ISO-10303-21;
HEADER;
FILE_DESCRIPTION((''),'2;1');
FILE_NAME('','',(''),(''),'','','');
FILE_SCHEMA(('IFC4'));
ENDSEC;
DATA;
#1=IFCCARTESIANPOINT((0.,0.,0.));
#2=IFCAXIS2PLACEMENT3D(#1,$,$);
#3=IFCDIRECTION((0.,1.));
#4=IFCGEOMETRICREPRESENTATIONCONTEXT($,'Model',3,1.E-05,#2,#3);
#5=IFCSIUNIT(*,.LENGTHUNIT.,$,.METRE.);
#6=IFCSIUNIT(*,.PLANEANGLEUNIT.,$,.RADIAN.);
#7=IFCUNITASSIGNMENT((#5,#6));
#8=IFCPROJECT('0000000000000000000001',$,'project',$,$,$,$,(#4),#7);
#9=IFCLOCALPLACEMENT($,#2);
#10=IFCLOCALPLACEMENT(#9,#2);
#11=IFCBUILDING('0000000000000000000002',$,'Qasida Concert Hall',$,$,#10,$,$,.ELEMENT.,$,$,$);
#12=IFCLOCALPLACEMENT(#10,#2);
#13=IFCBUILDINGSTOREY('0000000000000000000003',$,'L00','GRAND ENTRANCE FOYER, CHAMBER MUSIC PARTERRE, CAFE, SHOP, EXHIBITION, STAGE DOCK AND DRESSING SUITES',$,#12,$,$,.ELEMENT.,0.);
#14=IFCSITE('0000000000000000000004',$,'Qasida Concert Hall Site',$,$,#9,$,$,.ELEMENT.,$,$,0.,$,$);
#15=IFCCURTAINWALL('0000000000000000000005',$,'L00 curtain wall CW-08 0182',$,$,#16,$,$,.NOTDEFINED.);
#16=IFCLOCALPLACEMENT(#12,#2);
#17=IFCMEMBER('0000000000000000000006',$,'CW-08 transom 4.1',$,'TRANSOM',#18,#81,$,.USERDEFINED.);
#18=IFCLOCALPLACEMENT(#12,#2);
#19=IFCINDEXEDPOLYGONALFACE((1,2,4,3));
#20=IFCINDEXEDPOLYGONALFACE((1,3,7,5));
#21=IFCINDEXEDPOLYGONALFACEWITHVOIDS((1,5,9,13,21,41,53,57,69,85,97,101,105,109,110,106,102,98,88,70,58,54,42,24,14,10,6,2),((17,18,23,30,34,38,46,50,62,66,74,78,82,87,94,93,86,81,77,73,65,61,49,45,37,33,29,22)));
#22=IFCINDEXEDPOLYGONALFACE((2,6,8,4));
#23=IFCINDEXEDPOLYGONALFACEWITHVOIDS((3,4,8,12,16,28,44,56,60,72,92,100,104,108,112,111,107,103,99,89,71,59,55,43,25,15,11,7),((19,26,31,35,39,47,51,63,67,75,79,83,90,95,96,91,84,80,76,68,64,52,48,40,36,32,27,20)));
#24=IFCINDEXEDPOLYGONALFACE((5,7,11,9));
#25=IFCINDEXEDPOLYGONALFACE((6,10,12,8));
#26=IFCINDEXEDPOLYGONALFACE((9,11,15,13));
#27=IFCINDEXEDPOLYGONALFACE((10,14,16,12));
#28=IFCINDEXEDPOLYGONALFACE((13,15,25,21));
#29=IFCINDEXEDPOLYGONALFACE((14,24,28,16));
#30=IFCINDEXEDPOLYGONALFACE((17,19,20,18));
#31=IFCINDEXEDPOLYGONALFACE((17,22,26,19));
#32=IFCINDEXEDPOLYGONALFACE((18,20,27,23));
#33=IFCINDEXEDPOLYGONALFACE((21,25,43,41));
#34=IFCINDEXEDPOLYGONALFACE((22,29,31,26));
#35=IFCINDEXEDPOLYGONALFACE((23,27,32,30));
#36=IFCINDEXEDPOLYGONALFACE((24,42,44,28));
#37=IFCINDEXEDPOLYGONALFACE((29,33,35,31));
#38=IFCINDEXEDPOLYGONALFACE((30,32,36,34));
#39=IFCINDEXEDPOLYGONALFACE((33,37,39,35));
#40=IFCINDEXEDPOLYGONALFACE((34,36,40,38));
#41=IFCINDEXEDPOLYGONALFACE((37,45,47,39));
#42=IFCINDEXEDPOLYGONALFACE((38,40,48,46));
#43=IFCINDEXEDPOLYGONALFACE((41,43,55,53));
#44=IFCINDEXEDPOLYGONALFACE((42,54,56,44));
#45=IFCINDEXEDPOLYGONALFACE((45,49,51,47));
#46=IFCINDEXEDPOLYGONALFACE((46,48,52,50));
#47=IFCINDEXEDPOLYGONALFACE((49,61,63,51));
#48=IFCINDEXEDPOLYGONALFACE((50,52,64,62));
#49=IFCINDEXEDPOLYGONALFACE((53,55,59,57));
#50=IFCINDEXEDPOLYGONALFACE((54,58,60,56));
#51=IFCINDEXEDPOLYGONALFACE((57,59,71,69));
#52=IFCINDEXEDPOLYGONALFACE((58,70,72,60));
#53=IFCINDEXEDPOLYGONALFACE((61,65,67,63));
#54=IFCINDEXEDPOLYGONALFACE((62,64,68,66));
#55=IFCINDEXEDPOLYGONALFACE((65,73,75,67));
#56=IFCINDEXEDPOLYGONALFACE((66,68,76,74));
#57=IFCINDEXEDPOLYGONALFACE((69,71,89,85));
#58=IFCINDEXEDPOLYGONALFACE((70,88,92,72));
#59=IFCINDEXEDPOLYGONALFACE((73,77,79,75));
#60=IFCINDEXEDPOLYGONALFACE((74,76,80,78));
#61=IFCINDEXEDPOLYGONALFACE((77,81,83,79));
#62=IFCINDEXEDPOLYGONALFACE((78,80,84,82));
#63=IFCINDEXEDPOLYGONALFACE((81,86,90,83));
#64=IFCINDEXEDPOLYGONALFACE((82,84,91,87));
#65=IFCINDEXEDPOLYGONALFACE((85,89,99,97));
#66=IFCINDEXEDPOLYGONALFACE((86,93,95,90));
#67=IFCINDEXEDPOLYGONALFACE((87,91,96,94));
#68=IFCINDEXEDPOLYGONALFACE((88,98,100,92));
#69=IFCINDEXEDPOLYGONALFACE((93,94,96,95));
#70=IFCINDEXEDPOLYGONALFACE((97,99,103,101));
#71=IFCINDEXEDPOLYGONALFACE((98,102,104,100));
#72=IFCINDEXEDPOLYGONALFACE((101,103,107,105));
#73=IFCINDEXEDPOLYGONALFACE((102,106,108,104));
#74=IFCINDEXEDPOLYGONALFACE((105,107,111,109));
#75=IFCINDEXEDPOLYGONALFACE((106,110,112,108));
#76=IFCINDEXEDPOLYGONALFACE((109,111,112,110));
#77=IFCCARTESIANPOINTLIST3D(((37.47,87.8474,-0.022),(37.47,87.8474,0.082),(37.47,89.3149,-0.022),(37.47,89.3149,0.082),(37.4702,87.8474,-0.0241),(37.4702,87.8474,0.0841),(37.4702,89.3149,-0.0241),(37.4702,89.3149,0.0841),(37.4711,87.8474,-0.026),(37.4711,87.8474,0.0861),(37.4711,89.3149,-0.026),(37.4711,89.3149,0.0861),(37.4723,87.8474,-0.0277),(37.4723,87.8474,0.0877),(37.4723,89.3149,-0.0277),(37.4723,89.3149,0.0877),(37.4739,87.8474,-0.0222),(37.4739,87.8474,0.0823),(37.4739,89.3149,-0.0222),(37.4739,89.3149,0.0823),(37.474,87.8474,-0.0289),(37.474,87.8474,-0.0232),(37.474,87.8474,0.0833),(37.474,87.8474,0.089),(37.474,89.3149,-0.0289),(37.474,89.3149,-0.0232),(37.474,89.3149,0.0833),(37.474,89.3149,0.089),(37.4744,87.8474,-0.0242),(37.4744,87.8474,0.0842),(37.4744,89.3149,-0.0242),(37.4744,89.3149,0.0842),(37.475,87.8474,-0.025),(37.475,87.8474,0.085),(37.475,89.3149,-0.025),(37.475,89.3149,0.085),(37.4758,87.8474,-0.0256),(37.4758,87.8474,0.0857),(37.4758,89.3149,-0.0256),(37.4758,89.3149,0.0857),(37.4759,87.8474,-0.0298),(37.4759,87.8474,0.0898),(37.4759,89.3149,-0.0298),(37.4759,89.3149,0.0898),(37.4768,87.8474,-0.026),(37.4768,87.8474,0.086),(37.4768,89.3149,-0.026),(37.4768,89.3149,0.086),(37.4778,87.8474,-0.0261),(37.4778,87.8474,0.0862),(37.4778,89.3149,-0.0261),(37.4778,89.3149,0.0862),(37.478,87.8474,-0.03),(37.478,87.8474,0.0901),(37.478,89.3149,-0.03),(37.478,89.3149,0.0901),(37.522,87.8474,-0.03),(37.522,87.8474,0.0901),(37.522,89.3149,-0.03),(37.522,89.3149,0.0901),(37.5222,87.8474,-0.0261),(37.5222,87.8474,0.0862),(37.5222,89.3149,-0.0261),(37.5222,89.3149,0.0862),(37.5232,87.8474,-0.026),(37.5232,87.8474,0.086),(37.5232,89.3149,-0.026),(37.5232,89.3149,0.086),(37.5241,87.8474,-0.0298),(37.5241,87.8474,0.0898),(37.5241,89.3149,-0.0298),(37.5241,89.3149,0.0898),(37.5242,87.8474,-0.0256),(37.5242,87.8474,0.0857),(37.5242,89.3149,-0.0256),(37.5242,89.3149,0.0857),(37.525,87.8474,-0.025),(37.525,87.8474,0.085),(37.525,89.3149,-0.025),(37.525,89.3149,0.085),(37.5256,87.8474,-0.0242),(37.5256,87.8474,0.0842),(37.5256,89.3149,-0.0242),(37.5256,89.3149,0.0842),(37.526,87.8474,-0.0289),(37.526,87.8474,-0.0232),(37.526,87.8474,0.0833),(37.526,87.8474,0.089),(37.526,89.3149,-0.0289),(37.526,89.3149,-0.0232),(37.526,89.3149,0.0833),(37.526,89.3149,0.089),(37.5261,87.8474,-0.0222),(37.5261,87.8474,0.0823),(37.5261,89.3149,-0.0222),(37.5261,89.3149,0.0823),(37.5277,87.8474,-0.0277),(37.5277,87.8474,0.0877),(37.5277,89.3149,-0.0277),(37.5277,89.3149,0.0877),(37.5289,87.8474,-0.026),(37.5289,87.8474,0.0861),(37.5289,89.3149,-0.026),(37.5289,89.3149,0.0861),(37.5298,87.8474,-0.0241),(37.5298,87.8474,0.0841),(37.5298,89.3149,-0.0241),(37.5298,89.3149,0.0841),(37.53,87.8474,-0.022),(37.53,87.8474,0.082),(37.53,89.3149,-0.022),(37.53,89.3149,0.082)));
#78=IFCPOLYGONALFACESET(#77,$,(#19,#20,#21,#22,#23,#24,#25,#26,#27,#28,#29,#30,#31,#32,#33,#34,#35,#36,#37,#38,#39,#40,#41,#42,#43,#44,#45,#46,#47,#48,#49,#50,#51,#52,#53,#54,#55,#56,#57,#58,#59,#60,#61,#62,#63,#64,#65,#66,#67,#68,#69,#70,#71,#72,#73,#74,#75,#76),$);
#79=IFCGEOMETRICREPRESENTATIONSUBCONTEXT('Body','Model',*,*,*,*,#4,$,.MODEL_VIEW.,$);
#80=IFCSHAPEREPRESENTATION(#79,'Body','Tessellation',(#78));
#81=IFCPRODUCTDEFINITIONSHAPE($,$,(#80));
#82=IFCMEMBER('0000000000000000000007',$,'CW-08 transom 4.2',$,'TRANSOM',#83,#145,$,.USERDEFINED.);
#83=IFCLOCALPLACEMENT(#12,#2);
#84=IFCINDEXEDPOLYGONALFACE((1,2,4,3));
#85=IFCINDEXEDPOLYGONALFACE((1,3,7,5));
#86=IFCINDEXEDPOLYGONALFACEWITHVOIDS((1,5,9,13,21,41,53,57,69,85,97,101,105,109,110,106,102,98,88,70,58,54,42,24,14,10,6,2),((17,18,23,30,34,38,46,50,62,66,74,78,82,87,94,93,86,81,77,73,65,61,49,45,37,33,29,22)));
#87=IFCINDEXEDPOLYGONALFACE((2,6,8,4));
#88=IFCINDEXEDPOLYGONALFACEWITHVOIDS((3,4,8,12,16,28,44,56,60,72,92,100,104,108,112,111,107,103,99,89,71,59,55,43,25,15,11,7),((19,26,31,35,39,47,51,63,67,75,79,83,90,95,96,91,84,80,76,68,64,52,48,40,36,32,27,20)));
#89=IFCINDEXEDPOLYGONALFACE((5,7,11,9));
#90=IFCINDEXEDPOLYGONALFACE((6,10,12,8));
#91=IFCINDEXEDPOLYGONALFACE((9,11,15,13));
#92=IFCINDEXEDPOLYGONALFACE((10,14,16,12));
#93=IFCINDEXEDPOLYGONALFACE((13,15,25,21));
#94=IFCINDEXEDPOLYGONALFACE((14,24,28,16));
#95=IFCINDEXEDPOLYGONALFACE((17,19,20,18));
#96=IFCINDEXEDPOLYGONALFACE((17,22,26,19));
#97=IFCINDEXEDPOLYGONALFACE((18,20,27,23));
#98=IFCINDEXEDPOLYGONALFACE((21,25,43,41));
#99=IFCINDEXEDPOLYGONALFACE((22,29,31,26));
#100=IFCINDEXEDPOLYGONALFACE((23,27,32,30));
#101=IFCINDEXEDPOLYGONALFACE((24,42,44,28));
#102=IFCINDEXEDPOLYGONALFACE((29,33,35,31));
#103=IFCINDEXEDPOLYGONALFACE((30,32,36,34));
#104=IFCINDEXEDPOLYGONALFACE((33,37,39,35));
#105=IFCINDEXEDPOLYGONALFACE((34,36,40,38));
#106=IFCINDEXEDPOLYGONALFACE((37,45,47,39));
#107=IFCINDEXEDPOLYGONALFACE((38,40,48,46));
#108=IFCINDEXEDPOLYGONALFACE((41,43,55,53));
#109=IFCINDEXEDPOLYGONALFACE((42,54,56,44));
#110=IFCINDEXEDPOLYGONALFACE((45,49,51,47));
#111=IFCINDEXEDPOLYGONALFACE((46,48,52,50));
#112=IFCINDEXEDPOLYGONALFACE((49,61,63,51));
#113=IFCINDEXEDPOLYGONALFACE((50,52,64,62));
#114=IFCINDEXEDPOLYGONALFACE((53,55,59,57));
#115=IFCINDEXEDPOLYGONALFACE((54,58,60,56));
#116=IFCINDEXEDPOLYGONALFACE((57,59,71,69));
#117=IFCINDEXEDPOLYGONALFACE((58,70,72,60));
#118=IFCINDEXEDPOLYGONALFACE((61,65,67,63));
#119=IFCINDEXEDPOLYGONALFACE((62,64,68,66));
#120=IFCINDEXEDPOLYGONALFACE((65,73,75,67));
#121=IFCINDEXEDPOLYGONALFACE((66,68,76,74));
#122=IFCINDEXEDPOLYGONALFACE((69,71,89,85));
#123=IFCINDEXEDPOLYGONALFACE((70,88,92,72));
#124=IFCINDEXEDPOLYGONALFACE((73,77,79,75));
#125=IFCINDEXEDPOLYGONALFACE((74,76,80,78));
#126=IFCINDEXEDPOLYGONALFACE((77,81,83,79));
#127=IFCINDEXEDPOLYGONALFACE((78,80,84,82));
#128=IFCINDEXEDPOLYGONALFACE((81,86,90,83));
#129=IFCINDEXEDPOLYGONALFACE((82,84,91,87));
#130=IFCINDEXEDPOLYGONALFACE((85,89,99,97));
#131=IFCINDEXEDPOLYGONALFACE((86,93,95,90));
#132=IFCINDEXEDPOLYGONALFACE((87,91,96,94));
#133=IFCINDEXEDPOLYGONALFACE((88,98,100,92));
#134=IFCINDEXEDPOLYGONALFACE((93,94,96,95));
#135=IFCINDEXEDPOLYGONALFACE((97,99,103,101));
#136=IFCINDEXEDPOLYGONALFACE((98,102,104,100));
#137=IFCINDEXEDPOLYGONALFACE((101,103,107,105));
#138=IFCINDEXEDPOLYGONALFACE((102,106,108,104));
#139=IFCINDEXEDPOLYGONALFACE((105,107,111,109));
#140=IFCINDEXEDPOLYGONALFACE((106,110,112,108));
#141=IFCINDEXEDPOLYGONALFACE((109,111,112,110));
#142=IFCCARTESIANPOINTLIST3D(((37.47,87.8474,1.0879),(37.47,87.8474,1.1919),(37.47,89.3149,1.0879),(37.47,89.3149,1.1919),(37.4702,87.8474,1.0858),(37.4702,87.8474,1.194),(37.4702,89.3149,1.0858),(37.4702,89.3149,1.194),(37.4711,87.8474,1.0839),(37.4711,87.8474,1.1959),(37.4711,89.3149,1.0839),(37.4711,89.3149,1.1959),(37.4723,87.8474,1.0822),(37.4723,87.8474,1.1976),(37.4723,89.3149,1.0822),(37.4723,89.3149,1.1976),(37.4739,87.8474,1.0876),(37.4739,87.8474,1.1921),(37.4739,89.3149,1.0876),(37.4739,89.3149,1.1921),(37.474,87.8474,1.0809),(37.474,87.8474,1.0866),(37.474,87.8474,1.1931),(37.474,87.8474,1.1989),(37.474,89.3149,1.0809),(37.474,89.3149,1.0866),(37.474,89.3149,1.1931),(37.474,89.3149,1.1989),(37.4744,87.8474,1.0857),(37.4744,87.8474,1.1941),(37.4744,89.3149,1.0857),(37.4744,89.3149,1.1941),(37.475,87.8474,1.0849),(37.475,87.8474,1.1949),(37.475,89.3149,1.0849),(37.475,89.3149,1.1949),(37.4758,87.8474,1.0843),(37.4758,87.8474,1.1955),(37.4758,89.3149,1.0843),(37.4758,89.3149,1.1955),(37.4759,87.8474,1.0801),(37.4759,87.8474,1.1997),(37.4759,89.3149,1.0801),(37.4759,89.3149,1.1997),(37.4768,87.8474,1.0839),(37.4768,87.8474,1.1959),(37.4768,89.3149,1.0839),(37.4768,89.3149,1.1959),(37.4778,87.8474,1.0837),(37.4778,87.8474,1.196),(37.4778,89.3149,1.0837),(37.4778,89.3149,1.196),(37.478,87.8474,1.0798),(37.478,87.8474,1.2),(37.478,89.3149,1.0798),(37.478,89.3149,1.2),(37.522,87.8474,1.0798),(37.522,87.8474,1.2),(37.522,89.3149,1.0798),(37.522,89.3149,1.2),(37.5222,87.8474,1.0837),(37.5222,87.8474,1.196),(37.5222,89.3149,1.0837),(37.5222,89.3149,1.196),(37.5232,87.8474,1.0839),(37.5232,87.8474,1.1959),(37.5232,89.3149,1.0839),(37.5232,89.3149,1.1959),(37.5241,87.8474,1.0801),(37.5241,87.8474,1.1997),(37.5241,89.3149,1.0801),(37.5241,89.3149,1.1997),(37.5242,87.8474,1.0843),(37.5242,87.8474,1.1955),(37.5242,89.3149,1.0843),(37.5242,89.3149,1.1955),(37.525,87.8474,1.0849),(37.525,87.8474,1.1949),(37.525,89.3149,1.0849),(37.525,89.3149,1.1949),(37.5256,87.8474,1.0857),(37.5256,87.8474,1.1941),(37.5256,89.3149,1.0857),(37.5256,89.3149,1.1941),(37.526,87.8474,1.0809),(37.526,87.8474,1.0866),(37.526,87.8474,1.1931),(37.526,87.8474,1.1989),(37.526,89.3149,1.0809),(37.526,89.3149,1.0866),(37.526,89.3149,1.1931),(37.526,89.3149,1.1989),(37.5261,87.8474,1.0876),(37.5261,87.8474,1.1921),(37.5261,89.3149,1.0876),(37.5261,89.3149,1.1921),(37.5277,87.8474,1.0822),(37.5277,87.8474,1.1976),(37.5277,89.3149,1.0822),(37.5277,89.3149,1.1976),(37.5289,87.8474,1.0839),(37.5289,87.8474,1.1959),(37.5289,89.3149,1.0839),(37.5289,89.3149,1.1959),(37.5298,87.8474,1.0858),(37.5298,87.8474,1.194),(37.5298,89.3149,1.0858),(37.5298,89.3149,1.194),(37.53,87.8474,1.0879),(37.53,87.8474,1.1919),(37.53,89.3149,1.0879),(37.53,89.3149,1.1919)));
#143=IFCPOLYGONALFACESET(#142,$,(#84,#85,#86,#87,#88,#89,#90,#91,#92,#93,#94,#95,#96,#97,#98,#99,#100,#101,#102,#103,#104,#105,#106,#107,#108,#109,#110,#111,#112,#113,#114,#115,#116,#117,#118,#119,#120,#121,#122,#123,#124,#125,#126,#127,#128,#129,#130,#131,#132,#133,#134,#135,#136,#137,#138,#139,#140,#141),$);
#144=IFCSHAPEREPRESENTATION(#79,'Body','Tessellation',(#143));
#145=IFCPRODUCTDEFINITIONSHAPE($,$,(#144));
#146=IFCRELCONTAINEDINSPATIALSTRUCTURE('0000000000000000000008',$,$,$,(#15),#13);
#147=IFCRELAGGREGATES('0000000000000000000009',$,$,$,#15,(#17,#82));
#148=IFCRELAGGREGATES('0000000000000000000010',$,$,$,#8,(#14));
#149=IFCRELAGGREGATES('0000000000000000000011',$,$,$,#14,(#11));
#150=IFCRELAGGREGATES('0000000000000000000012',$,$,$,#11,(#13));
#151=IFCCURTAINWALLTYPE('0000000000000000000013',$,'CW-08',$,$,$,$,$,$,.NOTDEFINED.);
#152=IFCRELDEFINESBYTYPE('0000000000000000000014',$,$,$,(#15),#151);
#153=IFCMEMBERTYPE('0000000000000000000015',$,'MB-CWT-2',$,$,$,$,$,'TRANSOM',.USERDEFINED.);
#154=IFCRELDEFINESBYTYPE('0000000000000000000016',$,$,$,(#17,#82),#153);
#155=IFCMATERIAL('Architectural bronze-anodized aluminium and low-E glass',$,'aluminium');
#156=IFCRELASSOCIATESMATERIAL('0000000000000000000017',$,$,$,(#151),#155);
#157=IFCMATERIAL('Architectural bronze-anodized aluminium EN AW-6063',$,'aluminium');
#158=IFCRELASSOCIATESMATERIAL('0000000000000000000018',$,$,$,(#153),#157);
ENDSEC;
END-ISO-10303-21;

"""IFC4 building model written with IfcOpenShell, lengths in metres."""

from ifc_helpers import new_model, si_unit, direction, frame, origin, origin_2d, place, context, subcontext, project, spatial, hollow_rectangle, extrude, material, material_profile, profile_set, type_object, element, aggregate, save


model = new_model("IFC4")

# Units and contexts
model_context = context("Model", 3, precision=1e-05, world=origin(), true_north=direction((0.0, 1.0)))
body_context = subcontext(model_context, "Body", "Model", "MODEL_VIEW")
ifc_project = project(units=[si_unit("LENGTHUNIT", "METRE"), si_unit("PLANEANGLEUNIT", "RADIAN")], contexts=[model_context])

# Site, building, storey
site_placement = place(None, origin())
site = spatial("IfcSite", under=ifc_project, at=site_placement, Name="Qasida Concert Hall Site", CompositionType="ELEMENT", RefElevation=0.0)
building_placement = place(site_placement, origin())
building = spatial("IfcBuilding", under=site, at=building_placement, Name="Qasida Concert Hall", CompositionType="ELEMENT")
storey_placement = place(building_placement, origin())
storey = spatial("IfcBuildingStorey", under=building, at=storey_placement, Name="L00", Description="GRAND ENTRANCE FOYER, CHAMBER MUSIC PARTERRE, CAFE, SHOP, EXHIBITION, STAGE DOCK AND DRESSING SUITES", CompositionType="ELEMENT", Elevation=0.0)

# Curtain wall, members
ifc_material_1 = material(Name="Architectural bronze-anodized aluminium and low-E glass", Category="aluminium")
curtain_wall_type = type_object("IfcCurtainWallType", Name="CW-08", PredefinedType="NOTDEFINED", material=ifc_material_1)
curtain_wall_1_placement = place(storey_placement, origin())
curtain_wall_1 = element("IfcCurtainWall", 1, at=curtain_wall_1_placement, inside=storey, type_object=curtain_wall_type, Name="L00 curtain wall CW-08 0182", PredefinedType="NOTDEFINED")
ifc_material_2 = material(Name="Architectural bronze-anodized aluminium EN AW-6063", Category="aluminium")
ifc_material_profile_1 = material_profile(ifc_material_2, hollow_rectangle(XDim=0.0601, YDim=0.1201, WallThickness=0.0039, InnerFilletRadius=0.0039, OuterFilletRadius=0.0081, at=origin_2d()), Name="CWT 120x60x4")
ifc_profile_set_1 = profile_set([ifc_material_profile_1], Name="Architectural bronze-anodized aluminium EN AW-6063")
member_type_1 = type_object("IfcMemberType", Name="MB-CWT-2", ElementType="TRANSOM", PredefinedType="USERDEFINED", material=ifc_profile_set_1)
member_1_placement = place(storey_placement, frame((37.5, 87.8474, 0.03), z_axis=(0.0, 1.0, 0.0), x_axis=(-1.0, 0.0, 0.0)))
member_1 = element("IfcMember", 2, at=member_1_placement, type_object=member_type_1, Name="CW-08 transom 4.1", ObjectType="TRANSOM", PredefinedType="USERDEFINED", context=body_context, shape_type="SweptSolid", body=[
    extrude(hollow_rectangle(XDim=0.0601, YDim=0.1201, WallThickness=0.0039, InnerFilletRadius=0.0039, OuterFilletRadius=0.0081, at=origin_2d()), origin(), (0.0, 0.0, 1.0), 1.4675),
])
member_2_placement = place(storey_placement, frame((37.5, 87.8474, 1.1399), z_axis=(0.0, 1.0, 0.0), x_axis=(-1.0, 0.0, 0.0)))
member_2 = element("IfcMember", 3, at=member_2_placement, type_object=member_type_1, Name="CW-08 transom 4.2", ObjectType="TRANSOM", PredefinedType="USERDEFINED", context=body_context, shape_type="SweptSolid", body=[
    extrude(hollow_rectangle(XDim=0.0601, YDim=0.1201, WallThickness=0.0039, InnerFilletRadius=0.0039, OuterFilletRadius=0.0081, at=origin_2d()), origin(), (0.0, 0.0, 1.0), 1.4675),
])
aggregate(curtain_wall_1, [member_1, member_2])

save(model, "model.ifc")
